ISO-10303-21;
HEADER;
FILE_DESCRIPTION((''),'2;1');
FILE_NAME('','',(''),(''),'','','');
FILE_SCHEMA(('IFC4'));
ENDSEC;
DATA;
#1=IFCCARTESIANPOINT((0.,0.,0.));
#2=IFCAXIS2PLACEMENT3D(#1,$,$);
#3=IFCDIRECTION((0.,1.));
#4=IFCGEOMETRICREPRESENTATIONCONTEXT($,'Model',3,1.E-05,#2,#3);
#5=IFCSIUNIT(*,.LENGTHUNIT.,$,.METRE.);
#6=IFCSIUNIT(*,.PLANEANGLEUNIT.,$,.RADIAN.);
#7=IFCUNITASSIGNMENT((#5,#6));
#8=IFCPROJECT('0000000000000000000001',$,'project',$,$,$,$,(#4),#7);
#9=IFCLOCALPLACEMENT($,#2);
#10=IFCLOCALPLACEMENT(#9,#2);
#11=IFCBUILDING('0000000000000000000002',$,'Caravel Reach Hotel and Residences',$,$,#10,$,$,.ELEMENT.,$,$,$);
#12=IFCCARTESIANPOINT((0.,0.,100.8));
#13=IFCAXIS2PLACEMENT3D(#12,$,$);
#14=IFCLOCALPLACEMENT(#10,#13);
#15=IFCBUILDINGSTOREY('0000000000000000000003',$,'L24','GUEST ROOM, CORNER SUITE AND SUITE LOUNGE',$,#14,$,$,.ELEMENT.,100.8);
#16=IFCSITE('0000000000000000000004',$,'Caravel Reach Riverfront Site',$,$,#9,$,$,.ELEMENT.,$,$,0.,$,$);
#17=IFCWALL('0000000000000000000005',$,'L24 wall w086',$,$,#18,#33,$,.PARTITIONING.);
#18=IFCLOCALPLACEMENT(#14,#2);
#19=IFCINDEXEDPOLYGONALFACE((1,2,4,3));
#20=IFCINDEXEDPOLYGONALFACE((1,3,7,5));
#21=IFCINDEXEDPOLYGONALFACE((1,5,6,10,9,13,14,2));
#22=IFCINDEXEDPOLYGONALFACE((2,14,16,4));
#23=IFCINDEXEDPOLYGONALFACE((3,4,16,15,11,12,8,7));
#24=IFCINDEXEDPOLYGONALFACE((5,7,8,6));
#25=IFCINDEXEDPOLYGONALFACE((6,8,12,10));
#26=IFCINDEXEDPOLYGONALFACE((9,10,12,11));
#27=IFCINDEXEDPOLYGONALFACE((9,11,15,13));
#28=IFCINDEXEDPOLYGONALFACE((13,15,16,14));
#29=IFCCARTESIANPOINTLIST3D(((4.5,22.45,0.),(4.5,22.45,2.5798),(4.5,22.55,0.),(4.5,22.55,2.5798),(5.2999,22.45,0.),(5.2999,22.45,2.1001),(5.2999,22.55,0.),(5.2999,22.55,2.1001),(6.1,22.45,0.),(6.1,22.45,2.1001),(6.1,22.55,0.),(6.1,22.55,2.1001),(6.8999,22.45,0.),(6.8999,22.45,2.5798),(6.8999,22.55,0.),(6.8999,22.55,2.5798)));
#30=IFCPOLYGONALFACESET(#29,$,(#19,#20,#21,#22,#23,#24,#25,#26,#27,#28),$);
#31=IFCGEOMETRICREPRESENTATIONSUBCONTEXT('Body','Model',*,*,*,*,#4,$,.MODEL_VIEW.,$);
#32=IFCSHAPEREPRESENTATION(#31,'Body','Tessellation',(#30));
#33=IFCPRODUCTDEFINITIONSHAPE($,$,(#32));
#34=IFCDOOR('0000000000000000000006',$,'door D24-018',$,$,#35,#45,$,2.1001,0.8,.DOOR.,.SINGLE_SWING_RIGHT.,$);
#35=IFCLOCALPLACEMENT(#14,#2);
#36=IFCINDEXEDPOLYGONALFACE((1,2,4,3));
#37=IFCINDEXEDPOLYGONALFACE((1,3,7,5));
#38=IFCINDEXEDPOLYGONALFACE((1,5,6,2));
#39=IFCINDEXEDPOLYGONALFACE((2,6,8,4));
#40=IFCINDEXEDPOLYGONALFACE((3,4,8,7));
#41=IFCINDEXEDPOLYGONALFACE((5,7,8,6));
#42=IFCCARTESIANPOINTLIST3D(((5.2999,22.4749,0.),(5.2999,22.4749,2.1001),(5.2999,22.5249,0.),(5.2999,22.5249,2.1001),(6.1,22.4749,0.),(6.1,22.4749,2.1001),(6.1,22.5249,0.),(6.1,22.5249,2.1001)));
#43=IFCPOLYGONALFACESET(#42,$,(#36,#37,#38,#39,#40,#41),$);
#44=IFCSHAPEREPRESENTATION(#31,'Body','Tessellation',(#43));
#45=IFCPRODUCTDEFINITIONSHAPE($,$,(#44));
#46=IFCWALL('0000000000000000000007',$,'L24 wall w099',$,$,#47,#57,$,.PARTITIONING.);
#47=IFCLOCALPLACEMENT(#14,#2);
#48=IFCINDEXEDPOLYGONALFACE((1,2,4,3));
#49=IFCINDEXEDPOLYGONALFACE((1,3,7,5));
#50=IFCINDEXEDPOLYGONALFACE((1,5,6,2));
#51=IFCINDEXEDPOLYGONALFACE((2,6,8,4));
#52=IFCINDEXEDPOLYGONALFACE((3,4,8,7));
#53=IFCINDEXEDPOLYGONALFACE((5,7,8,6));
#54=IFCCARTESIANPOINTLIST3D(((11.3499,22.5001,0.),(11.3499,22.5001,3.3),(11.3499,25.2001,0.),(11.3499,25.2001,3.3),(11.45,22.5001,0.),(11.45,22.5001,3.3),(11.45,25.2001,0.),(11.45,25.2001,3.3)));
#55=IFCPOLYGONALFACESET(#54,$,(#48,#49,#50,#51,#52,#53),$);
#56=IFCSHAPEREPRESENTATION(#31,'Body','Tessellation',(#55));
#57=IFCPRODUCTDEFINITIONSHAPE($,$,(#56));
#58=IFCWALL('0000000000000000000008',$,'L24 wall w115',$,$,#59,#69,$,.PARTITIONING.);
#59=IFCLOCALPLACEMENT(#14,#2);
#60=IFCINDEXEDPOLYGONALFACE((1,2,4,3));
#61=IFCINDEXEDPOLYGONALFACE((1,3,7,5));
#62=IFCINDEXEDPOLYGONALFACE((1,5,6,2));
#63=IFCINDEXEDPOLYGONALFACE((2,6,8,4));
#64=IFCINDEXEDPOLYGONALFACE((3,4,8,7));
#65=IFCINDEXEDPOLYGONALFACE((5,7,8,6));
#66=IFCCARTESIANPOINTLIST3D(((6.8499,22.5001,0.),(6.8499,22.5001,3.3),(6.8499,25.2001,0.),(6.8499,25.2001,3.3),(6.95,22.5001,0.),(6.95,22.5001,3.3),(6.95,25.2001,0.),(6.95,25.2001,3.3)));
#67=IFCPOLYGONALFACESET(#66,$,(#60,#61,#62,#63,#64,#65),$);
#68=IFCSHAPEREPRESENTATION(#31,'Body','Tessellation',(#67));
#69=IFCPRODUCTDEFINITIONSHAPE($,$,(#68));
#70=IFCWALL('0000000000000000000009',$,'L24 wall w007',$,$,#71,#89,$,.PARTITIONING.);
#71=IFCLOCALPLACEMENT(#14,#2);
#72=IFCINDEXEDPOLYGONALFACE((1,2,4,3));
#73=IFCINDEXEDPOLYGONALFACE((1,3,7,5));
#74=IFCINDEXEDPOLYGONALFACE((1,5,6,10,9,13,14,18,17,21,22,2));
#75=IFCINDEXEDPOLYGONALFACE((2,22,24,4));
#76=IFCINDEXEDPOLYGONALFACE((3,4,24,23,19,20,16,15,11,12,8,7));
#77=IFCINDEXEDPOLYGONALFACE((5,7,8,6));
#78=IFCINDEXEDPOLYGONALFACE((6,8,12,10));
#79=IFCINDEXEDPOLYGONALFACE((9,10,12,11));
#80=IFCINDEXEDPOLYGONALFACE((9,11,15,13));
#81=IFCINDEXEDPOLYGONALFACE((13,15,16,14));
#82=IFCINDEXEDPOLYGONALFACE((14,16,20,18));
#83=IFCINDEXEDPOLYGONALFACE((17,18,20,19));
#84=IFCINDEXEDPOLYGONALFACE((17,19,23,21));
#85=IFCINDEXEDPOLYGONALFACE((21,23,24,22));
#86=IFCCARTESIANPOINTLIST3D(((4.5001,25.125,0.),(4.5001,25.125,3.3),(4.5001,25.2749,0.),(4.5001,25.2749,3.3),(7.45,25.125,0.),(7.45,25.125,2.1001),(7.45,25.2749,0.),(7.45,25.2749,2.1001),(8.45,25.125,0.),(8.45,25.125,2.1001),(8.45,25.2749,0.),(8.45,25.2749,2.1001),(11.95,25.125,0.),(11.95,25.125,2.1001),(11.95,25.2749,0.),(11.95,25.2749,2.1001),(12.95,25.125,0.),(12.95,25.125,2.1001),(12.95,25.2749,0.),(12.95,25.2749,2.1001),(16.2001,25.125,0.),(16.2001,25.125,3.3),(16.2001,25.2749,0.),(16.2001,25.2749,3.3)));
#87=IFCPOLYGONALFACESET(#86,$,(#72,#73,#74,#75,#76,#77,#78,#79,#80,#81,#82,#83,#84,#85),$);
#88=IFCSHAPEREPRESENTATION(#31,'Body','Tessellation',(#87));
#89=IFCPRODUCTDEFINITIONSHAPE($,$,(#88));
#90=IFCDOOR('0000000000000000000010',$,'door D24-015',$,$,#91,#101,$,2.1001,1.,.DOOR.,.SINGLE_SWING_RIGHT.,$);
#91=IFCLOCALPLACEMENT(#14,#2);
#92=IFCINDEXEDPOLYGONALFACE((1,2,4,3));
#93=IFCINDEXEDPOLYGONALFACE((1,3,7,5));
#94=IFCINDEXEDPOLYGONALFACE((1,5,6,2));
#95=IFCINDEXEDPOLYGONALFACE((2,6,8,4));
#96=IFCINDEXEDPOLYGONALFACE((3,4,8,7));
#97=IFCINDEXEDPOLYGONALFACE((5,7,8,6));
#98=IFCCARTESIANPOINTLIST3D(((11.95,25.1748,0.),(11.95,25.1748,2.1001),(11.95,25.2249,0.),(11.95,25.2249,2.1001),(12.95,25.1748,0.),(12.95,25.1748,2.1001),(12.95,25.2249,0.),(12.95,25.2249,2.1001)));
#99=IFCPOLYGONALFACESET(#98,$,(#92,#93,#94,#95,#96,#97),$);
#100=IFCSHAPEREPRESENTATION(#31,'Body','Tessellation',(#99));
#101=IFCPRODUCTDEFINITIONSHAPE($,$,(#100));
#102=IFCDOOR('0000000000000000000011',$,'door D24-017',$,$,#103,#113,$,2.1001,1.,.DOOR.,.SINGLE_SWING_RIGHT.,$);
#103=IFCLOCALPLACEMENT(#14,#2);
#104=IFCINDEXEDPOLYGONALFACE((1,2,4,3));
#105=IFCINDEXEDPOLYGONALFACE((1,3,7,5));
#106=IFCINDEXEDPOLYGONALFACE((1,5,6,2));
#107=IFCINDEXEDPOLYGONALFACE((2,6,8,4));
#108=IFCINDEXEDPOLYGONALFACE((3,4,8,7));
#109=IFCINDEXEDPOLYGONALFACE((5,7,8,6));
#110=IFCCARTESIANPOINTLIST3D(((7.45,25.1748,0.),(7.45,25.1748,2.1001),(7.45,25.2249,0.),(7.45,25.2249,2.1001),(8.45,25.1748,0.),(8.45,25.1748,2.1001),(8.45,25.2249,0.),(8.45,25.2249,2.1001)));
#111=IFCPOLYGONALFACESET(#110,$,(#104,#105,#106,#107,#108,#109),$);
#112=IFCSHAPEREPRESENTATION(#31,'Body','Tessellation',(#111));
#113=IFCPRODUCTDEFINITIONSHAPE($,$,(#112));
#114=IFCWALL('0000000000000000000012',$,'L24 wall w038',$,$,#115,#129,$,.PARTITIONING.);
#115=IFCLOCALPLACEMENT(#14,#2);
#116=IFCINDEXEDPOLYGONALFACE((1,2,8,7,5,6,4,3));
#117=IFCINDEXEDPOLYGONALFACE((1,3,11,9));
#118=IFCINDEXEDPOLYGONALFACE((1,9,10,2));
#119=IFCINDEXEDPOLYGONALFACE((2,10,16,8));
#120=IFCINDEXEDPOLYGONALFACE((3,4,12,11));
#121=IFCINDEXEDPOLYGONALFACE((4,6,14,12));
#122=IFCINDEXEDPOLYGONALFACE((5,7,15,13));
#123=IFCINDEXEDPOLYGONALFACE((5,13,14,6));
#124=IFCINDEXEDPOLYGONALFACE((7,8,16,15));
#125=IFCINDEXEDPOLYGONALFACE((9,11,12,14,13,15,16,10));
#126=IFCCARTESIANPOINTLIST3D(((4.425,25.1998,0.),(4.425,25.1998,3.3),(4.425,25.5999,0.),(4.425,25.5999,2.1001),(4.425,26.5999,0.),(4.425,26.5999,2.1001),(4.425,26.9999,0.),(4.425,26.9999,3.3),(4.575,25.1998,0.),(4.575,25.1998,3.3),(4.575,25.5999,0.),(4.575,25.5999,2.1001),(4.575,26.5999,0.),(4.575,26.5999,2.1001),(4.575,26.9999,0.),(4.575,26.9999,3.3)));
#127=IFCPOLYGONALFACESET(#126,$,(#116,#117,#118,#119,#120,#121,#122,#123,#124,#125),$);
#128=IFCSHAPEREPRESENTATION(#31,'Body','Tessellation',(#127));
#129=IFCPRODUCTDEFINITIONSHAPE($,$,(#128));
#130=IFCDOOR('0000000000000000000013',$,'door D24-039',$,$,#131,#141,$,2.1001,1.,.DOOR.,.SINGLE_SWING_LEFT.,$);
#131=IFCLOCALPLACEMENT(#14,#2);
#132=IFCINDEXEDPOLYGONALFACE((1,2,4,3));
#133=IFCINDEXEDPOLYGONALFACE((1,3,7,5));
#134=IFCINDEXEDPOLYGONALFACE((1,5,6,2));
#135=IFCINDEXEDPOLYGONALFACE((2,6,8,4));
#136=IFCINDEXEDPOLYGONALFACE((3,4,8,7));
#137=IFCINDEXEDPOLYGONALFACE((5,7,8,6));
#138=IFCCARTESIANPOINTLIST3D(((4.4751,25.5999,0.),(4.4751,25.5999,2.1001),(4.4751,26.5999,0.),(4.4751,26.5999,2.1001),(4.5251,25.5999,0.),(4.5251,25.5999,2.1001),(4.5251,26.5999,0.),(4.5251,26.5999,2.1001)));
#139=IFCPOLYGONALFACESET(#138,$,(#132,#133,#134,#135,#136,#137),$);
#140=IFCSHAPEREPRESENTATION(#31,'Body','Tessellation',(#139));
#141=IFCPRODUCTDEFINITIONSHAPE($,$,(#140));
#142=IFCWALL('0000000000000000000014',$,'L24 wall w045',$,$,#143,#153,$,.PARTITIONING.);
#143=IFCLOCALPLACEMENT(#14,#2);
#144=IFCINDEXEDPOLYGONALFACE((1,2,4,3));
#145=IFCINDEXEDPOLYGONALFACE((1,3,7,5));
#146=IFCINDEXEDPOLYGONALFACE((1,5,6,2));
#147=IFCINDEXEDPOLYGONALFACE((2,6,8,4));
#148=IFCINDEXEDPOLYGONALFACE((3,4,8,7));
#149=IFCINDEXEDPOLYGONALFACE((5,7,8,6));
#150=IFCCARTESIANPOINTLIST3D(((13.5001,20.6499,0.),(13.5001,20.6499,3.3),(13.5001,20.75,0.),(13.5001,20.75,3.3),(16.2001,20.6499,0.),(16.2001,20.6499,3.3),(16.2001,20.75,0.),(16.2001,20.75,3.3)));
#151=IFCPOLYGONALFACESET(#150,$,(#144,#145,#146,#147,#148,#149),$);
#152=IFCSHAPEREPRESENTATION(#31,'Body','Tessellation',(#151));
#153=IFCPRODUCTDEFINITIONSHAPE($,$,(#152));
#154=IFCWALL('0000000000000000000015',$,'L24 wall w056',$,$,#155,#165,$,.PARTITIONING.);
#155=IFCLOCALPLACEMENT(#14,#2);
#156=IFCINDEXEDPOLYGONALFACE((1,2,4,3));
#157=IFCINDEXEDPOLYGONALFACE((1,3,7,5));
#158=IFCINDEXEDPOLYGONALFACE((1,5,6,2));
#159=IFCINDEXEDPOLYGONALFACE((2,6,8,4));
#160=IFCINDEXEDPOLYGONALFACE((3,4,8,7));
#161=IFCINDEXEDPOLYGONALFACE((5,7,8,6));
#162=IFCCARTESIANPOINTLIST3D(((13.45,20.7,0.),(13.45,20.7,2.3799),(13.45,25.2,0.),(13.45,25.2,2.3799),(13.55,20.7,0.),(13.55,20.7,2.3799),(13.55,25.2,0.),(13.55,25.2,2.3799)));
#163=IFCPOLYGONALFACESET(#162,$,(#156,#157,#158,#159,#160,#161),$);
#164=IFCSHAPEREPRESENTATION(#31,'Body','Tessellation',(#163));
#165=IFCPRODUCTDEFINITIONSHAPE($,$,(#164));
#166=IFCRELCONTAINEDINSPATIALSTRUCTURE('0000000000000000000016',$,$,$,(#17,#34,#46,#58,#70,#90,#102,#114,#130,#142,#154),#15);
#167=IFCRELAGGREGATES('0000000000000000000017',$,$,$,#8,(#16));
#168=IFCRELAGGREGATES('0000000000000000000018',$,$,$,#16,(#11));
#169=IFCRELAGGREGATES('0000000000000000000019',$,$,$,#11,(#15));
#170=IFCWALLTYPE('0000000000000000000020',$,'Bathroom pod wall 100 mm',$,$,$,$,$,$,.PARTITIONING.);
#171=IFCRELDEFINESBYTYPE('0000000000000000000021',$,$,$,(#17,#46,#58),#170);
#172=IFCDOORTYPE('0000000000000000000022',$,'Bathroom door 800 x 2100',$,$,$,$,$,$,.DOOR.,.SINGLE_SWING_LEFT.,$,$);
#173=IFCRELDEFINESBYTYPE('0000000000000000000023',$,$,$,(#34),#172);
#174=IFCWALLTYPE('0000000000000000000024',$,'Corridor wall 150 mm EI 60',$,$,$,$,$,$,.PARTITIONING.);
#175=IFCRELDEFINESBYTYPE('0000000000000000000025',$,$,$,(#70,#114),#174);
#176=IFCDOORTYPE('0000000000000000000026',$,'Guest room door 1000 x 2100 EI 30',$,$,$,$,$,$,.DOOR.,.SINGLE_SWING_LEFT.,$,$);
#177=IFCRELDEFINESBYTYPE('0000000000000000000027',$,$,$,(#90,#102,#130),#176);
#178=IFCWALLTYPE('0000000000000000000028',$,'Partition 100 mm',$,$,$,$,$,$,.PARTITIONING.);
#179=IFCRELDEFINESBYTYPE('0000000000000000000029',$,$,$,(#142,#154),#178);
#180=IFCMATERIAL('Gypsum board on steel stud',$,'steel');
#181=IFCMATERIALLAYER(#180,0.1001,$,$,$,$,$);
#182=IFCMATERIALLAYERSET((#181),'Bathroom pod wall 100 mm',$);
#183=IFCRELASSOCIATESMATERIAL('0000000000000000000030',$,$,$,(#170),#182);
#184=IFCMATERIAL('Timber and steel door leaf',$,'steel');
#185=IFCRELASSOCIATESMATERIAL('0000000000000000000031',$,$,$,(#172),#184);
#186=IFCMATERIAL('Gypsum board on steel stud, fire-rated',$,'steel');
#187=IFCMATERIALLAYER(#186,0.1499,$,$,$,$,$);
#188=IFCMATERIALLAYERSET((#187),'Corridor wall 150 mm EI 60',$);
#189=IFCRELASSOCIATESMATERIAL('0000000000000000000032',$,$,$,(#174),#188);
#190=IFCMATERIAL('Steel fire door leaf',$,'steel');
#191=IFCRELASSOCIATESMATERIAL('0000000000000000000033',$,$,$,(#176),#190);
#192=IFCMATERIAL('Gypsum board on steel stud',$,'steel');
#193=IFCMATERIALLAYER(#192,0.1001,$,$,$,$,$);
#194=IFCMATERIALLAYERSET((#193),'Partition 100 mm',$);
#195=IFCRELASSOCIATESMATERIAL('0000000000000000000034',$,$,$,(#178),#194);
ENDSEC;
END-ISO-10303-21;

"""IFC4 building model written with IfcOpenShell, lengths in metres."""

from ifc_helpers import new_model, si_unit, direction, frame, frame_2d, origin, place, context, subcontext, project, spatial, rectangle, extrude, material, layer, layer_set, type_object, element, fill, save


model = new_model("IFC4")

# Units and contexts
model_context = context("Model", 3, precision=1e-05, world=origin(), true_north=direction((0.0, 1.0)))
body_context = subcontext(model_context, "Body", "Model", "MODEL_VIEW")
ifc_project = project(units=[si_unit("LENGTHUNIT", "METRE"), si_unit("PLANEANGLEUNIT", "RADIAN")], contexts=[model_context])

# Site, building, storey
site_placement = place(None, origin())
site = spatial("IfcSite", under=ifc_project, at=site_placement, Name="Caravel Reach Riverfront Site", CompositionType="ELEMENT", RefElevation=0.0)
building_placement = place(site_placement, origin())
building = spatial("IfcBuilding", under=site, at=building_placement, Name="Caravel Reach Hotel and Residences", CompositionType="ELEMENT")
storey_placement = place(building_placement, frame((0.0, 0.0, 100.8)))
storey = spatial("IfcBuildingStorey", under=building, at=storey_placement, Name="L24", Description="GUEST ROOM, CORNER SUITE AND SUITE LOUNGE", CompositionType="ELEMENT", Elevation=100.8)

# Wall, opening, door
ifc_material_1 = material(Name="Gypsum board on steel stud", Category="steel")
ifc_layer_1 = layer(ifc_material_1, 0.1001)
ifc_layer_set_1 = layer_set([ifc_layer_1], Name="Bathroom pod wall 100 mm")
wall_type_1 = type_object("IfcWallType", Name="Bathroom pod wall 100 mm", PredefinedType="PARTITIONING", material=ifc_layer_set_1)
ifc_material_2 = material(Name="Timber and steel door leaf", Category="steel")
door_type_1 = type_object("IfcDoorType", Name="Bathroom door 800 x 2100", OperationType="SINGLE_SWING_LEFT", PredefinedType="DOOR", material=ifc_material_2)
wall_1_placement = place(storey_placement, frame((4.5, 22.5, 0.0), z_axis=(0.0, 0.0, 1.0), x_axis=(1.0, 0.0, 0.0)))
wall_1 = element("IfcWall", 1, at=wall_1_placement, inside=storey, type_object=wall_type_1, Name="L24 wall w086", PredefinedType="PARTITIONING", context=body_context, shape_type="SweptSolid", body=[
    extrude(rectangle(XDim=2.3999, YDim=0.1001, at=frame_2d((1.2, 0.0))), origin(), (0.0, 0.0, 1.0), 2.5798),
])
opening_1_placement = place(wall_1_placement, frame((0.8, 0.0, 0.0)))
opening_1 = element("IfcOpeningElement", 2, at=opening_1_placement, cuts=wall_1, PredefinedType="OPENING", context=body_context, shape_type="SweptSolid", body=[
    extrude(rectangle(XDim=0.8, YDim=2.1001, at=frame_2d((0.3999, 1.05))), frame((0.0, 0.0601, 0.0), z_axis=(0.0, -1.0, 0.0), x_axis=(1.0, 0.0, 0.0)), (0.0, 0.0, 1.0), 0.1201),
])
door_1_placement = place(opening_1_placement, origin())
door_1 = element("IfcDoor", 3, at=door_1_placement, inside=storey, type_object=door_type_1, Name="door D24-018", OperationType="SINGLE_SWING_RIGHT", OverallHeight=2.1001, OverallWidth=0.8, PredefinedType="DOOR", context=body_context, shape_type="SweptSolid", body=[
    extrude(rectangle(XDim=0.8, YDim=2.1001, at=frame_2d((0.3999, 1.05))), frame((0.0, 0.0249, 0.0), z_axis=(0.0, -1.0, 0.0), x_axis=(1.0, 0.0, 0.0)), (0.0, 0.0, 1.0), 0.05),
])
fill(opening_1, door_1)

# Walls
for number, where, z_axis, x_axis, name in (
    (4, (11.3999, 22.5, 0.0), (0.0, 0.0, 1.0), (0.0, 1.0, 0.0), "L24 wall w099"),
    (5, (6.8999, 22.5, 0.0), (0.0, 0.0, 1.0), (0.0, 1.0, 0.0), "L24 wall w115"),
):
    element("IfcWall", number, at=place(storey_placement, frame(where, z_axis=z_axis, x_axis=x_axis)), inside=storey, type_object=wall_type_1, Name=name, PredefinedType="PARTITIONING", context=body_context, shape_type="SweptSolid", body=[
        extrude(rectangle(XDim=2.7, YDim=0.1001, at=frame_2d((1.3501, 0.0))), origin(), (0.0, 0.0, 1.0), 3.3),
    ])

# Wall, openings, doors
ifc_material_3 = material(Name="Gypsum board on steel stud, fire-rated", Category="steel")
ifc_layer_2 = layer(ifc_material_3, 0.1499)
ifc_layer_set_2 = layer_set([ifc_layer_2], Name="Corridor wall 150 mm EI 60")
wall_type_2 = type_object("IfcWallType", Name="Corridor wall 150 mm EI 60", PredefinedType="PARTITIONING", material=ifc_layer_set_2)
wall_2_placement = place(storey_placement, frame((4.5, 25.2, 0.0), z_axis=(0.0, 0.0, 1.0), x_axis=(1.0, 0.0, 0.0)))
wall_2 = element("IfcWall", 6, at=wall_2_placement, inside=storey, type_object=wall_type_2, Name="L24 wall w007", PredefinedType="PARTITIONING", context=body_context, shape_type="SweptSolid", body=[
    extrude(rectangle(XDim=11.7, YDim=0.1499, at=frame_2d((5.8501, 0.0))), origin(), (0.0, 0.0, 1.0), 3.3),
])
opening_2_placement = place(wall_2_placement, frame((7.45, 0.0, 0.0)))
opening_2 = element("IfcOpeningElement", 7, at=opening_2_placement, cuts=wall_2, PredefinedType="OPENING", context=body_context, shape_type="SweptSolid", body=[
    extrude(rectangle(XDim=1.0, YDim=2.1001, at=frame_2d((0.5, 1.05))), frame((0.0, 0.085, 0.0), z_axis=(0.0, -1.0, 0.0), x_axis=(1.0, 0.0, 0.0)), (0.0, 0.0, 1.0), 0.1699),
])
opening_3_placement = place(wall_2_placement, frame((2.95, 0.0, 0.0)))
opening_3 = element("IfcOpeningElement", 8, at=opening_3_placement, cuts=wall_2, PredefinedType="OPENING", context=body_context, shape_type="SweptSolid", body=[
    extrude(rectangle(XDim=1.0, YDim=2.1001, at=frame_2d((0.5, 1.05))), frame((0.0, 0.085, 0.0), z_axis=(0.0, -1.0, 0.0), x_axis=(1.0, 0.0, 0.0)), (0.0, 0.0, 1.0), 0.1699),
])
ifc_material_4 = material(Name="Steel fire door leaf", Category="steel")
door_type_2 = type_object("IfcDoorType", Name="Guest room door 1000 x 2100 EI 30", OperationType="SINGLE_SWING_LEFT", PredefinedType="DOOR", material=ifc_material_4)
door_2_placement = place(opening_2_placement, origin())
door_2 = element("IfcDoor", 9, at=door_2_placement, inside=storey, type_object=door_type_2, Name="door D24-015", OperationType="SINGLE_SWING_RIGHT", OverallHeight=2.1001, OverallWidth=1.0, PredefinedType="DOOR", context=body_context, shape_type="SweptSolid", body=[
    extrude(rectangle(XDim=1.0, YDim=2.1001, at=frame_2d((0.5, 1.05))), frame((0.0, 0.0249, 0.0), z_axis=(0.0, -1.0, 0.0), x_axis=(1.0, 0.0, 0.0)), (0.0, 0.0, 1.0), 0.05),
])
fill(opening_2, door_2)
door_3_placement = place(opening_3_placement, origin())
door_3 = element("IfcDoor", 10, at=door_3_placement, inside=storey, type_object=door_type_2, Name="door D24-017", OperationType="SINGLE_SWING_RIGHT", OverallHeight=2.1001, OverallWidth=1.0, PredefinedType="DOOR", context=body_context, shape_type="SweptSolid", body=[
    extrude(rectangle(XDim=1.0, YDim=2.1001, at=frame_2d((0.5, 1.05))), frame((0.0, 0.0249, 0.0), z_axis=(0.0, -1.0, 0.0), x_axis=(1.0, 0.0, 0.0)), (0.0, 0.0, 1.0), 0.05),
])
fill(opening_3, door_3)

# Wall, opening, door
wall_3_placement = place(storey_placement, frame((4.5, 25.2, 0.0), z_axis=(0.0, 0.0, 1.0), x_axis=(0.0, 1.0, 0.0)))
wall_3 = element("IfcWall", 11, at=wall_3_placement, inside=storey, type_object=wall_type_2, Name="L24 wall w038", PredefinedType="PARTITIONING", context=body_context, shape_type="SweptSolid", body=[
    extrude(rectangle(XDim=1.8, YDim=0.1499, at=frame_2d((0.8999, 0.0))), origin(), (0.0, 0.0, 1.0), 3.3),
])
opening_4_placement = place(wall_3_placement, frame((0.3999, 0.0, 0.0)))
opening_4 = element("IfcOpeningElement", 12, at=opening_4_placement, cuts=wall_3, PredefinedType="OPENING", context=body_context, shape_type="SweptSolid", body=[
    extrude(rectangle(XDim=1.0, YDim=2.1001, at=frame_2d((0.5, 1.05))), frame((0.0, 0.085, 0.0), z_axis=(0.0, -1.0, 0.0), x_axis=(1.0, 0.0, 0.0)), (0.0, 0.0, 1.0), 0.1699),
])
door_4_placement = place(opening_4_placement, origin())
door_4 = element("IfcDoor", 13, at=door_4_placement, inside=storey, type_object=door_type_2, Name="door D24-039", OperationType="SINGLE_SWING_LEFT", OverallHeight=2.1001, OverallWidth=1.0, PredefinedType="DOOR", context=body_context, shape_type="SweptSolid", body=[
    extrude(rectangle(XDim=1.0, YDim=2.1001, at=frame_2d((0.5, 1.05))), frame((0.0, 0.0249, 0.0), z_axis=(0.0, -1.0, 0.0), x_axis=(1.0, 0.0, 0.0)), (0.0, 0.0, 1.0), 0.05),
])
fill(opening_4, door_4)

# Walls
ifc_material_5 = material(Name="Gypsum board on steel stud", Category="steel")
ifc_layer_3 = layer(ifc_material_5, 0.1001)
ifc_layer_set_3 = layer_set([ifc_layer_3], Name="Partition 100 mm")
wall_type_3 = type_object("IfcWallType", Name="Partition 100 mm", PredefinedType="PARTITIONING", material=ifc_layer_set_3)
wall_4_placement = place(storey_placement, frame((13.5, 20.7, 0.0), z_axis=(0.0, 0.0, 1.0), x_axis=(1.0, 0.0, 0.0)))
element("IfcWall", 14, at=wall_4_placement, inside=storey, type_object=wall_type_3, Name="L24 wall w045", PredefinedType="PARTITIONING", context=body_context, shape_type="SweptSolid", body=[
    extrude(rectangle(XDim=2.7, YDim=0.1001, at=frame_2d((1.3501, 0.0))), origin(), (0.0, 0.0, 1.0), 3.3),
])
wall_5_placement = place(storey_placement, frame((13.5, 20.7, 0.0), z_axis=(0.0, 0.0, 1.0), x_axis=(0.0, 1.0, 0.0)))
element("IfcWall", 15, at=wall_5_placement, inside=storey, type_object=wall_type_3, Name="L24 wall w056", PredefinedType="PARTITIONING", context=body_context, shape_type="SweptSolid", body=[
    extrude(rectangle(XDim=4.5, YDim=0.1001, at=frame_2d((2.25, 0.0))), origin(), (0.0, 0.0, 1.0), 2.3799),
])

save(model, "model.ifc")
